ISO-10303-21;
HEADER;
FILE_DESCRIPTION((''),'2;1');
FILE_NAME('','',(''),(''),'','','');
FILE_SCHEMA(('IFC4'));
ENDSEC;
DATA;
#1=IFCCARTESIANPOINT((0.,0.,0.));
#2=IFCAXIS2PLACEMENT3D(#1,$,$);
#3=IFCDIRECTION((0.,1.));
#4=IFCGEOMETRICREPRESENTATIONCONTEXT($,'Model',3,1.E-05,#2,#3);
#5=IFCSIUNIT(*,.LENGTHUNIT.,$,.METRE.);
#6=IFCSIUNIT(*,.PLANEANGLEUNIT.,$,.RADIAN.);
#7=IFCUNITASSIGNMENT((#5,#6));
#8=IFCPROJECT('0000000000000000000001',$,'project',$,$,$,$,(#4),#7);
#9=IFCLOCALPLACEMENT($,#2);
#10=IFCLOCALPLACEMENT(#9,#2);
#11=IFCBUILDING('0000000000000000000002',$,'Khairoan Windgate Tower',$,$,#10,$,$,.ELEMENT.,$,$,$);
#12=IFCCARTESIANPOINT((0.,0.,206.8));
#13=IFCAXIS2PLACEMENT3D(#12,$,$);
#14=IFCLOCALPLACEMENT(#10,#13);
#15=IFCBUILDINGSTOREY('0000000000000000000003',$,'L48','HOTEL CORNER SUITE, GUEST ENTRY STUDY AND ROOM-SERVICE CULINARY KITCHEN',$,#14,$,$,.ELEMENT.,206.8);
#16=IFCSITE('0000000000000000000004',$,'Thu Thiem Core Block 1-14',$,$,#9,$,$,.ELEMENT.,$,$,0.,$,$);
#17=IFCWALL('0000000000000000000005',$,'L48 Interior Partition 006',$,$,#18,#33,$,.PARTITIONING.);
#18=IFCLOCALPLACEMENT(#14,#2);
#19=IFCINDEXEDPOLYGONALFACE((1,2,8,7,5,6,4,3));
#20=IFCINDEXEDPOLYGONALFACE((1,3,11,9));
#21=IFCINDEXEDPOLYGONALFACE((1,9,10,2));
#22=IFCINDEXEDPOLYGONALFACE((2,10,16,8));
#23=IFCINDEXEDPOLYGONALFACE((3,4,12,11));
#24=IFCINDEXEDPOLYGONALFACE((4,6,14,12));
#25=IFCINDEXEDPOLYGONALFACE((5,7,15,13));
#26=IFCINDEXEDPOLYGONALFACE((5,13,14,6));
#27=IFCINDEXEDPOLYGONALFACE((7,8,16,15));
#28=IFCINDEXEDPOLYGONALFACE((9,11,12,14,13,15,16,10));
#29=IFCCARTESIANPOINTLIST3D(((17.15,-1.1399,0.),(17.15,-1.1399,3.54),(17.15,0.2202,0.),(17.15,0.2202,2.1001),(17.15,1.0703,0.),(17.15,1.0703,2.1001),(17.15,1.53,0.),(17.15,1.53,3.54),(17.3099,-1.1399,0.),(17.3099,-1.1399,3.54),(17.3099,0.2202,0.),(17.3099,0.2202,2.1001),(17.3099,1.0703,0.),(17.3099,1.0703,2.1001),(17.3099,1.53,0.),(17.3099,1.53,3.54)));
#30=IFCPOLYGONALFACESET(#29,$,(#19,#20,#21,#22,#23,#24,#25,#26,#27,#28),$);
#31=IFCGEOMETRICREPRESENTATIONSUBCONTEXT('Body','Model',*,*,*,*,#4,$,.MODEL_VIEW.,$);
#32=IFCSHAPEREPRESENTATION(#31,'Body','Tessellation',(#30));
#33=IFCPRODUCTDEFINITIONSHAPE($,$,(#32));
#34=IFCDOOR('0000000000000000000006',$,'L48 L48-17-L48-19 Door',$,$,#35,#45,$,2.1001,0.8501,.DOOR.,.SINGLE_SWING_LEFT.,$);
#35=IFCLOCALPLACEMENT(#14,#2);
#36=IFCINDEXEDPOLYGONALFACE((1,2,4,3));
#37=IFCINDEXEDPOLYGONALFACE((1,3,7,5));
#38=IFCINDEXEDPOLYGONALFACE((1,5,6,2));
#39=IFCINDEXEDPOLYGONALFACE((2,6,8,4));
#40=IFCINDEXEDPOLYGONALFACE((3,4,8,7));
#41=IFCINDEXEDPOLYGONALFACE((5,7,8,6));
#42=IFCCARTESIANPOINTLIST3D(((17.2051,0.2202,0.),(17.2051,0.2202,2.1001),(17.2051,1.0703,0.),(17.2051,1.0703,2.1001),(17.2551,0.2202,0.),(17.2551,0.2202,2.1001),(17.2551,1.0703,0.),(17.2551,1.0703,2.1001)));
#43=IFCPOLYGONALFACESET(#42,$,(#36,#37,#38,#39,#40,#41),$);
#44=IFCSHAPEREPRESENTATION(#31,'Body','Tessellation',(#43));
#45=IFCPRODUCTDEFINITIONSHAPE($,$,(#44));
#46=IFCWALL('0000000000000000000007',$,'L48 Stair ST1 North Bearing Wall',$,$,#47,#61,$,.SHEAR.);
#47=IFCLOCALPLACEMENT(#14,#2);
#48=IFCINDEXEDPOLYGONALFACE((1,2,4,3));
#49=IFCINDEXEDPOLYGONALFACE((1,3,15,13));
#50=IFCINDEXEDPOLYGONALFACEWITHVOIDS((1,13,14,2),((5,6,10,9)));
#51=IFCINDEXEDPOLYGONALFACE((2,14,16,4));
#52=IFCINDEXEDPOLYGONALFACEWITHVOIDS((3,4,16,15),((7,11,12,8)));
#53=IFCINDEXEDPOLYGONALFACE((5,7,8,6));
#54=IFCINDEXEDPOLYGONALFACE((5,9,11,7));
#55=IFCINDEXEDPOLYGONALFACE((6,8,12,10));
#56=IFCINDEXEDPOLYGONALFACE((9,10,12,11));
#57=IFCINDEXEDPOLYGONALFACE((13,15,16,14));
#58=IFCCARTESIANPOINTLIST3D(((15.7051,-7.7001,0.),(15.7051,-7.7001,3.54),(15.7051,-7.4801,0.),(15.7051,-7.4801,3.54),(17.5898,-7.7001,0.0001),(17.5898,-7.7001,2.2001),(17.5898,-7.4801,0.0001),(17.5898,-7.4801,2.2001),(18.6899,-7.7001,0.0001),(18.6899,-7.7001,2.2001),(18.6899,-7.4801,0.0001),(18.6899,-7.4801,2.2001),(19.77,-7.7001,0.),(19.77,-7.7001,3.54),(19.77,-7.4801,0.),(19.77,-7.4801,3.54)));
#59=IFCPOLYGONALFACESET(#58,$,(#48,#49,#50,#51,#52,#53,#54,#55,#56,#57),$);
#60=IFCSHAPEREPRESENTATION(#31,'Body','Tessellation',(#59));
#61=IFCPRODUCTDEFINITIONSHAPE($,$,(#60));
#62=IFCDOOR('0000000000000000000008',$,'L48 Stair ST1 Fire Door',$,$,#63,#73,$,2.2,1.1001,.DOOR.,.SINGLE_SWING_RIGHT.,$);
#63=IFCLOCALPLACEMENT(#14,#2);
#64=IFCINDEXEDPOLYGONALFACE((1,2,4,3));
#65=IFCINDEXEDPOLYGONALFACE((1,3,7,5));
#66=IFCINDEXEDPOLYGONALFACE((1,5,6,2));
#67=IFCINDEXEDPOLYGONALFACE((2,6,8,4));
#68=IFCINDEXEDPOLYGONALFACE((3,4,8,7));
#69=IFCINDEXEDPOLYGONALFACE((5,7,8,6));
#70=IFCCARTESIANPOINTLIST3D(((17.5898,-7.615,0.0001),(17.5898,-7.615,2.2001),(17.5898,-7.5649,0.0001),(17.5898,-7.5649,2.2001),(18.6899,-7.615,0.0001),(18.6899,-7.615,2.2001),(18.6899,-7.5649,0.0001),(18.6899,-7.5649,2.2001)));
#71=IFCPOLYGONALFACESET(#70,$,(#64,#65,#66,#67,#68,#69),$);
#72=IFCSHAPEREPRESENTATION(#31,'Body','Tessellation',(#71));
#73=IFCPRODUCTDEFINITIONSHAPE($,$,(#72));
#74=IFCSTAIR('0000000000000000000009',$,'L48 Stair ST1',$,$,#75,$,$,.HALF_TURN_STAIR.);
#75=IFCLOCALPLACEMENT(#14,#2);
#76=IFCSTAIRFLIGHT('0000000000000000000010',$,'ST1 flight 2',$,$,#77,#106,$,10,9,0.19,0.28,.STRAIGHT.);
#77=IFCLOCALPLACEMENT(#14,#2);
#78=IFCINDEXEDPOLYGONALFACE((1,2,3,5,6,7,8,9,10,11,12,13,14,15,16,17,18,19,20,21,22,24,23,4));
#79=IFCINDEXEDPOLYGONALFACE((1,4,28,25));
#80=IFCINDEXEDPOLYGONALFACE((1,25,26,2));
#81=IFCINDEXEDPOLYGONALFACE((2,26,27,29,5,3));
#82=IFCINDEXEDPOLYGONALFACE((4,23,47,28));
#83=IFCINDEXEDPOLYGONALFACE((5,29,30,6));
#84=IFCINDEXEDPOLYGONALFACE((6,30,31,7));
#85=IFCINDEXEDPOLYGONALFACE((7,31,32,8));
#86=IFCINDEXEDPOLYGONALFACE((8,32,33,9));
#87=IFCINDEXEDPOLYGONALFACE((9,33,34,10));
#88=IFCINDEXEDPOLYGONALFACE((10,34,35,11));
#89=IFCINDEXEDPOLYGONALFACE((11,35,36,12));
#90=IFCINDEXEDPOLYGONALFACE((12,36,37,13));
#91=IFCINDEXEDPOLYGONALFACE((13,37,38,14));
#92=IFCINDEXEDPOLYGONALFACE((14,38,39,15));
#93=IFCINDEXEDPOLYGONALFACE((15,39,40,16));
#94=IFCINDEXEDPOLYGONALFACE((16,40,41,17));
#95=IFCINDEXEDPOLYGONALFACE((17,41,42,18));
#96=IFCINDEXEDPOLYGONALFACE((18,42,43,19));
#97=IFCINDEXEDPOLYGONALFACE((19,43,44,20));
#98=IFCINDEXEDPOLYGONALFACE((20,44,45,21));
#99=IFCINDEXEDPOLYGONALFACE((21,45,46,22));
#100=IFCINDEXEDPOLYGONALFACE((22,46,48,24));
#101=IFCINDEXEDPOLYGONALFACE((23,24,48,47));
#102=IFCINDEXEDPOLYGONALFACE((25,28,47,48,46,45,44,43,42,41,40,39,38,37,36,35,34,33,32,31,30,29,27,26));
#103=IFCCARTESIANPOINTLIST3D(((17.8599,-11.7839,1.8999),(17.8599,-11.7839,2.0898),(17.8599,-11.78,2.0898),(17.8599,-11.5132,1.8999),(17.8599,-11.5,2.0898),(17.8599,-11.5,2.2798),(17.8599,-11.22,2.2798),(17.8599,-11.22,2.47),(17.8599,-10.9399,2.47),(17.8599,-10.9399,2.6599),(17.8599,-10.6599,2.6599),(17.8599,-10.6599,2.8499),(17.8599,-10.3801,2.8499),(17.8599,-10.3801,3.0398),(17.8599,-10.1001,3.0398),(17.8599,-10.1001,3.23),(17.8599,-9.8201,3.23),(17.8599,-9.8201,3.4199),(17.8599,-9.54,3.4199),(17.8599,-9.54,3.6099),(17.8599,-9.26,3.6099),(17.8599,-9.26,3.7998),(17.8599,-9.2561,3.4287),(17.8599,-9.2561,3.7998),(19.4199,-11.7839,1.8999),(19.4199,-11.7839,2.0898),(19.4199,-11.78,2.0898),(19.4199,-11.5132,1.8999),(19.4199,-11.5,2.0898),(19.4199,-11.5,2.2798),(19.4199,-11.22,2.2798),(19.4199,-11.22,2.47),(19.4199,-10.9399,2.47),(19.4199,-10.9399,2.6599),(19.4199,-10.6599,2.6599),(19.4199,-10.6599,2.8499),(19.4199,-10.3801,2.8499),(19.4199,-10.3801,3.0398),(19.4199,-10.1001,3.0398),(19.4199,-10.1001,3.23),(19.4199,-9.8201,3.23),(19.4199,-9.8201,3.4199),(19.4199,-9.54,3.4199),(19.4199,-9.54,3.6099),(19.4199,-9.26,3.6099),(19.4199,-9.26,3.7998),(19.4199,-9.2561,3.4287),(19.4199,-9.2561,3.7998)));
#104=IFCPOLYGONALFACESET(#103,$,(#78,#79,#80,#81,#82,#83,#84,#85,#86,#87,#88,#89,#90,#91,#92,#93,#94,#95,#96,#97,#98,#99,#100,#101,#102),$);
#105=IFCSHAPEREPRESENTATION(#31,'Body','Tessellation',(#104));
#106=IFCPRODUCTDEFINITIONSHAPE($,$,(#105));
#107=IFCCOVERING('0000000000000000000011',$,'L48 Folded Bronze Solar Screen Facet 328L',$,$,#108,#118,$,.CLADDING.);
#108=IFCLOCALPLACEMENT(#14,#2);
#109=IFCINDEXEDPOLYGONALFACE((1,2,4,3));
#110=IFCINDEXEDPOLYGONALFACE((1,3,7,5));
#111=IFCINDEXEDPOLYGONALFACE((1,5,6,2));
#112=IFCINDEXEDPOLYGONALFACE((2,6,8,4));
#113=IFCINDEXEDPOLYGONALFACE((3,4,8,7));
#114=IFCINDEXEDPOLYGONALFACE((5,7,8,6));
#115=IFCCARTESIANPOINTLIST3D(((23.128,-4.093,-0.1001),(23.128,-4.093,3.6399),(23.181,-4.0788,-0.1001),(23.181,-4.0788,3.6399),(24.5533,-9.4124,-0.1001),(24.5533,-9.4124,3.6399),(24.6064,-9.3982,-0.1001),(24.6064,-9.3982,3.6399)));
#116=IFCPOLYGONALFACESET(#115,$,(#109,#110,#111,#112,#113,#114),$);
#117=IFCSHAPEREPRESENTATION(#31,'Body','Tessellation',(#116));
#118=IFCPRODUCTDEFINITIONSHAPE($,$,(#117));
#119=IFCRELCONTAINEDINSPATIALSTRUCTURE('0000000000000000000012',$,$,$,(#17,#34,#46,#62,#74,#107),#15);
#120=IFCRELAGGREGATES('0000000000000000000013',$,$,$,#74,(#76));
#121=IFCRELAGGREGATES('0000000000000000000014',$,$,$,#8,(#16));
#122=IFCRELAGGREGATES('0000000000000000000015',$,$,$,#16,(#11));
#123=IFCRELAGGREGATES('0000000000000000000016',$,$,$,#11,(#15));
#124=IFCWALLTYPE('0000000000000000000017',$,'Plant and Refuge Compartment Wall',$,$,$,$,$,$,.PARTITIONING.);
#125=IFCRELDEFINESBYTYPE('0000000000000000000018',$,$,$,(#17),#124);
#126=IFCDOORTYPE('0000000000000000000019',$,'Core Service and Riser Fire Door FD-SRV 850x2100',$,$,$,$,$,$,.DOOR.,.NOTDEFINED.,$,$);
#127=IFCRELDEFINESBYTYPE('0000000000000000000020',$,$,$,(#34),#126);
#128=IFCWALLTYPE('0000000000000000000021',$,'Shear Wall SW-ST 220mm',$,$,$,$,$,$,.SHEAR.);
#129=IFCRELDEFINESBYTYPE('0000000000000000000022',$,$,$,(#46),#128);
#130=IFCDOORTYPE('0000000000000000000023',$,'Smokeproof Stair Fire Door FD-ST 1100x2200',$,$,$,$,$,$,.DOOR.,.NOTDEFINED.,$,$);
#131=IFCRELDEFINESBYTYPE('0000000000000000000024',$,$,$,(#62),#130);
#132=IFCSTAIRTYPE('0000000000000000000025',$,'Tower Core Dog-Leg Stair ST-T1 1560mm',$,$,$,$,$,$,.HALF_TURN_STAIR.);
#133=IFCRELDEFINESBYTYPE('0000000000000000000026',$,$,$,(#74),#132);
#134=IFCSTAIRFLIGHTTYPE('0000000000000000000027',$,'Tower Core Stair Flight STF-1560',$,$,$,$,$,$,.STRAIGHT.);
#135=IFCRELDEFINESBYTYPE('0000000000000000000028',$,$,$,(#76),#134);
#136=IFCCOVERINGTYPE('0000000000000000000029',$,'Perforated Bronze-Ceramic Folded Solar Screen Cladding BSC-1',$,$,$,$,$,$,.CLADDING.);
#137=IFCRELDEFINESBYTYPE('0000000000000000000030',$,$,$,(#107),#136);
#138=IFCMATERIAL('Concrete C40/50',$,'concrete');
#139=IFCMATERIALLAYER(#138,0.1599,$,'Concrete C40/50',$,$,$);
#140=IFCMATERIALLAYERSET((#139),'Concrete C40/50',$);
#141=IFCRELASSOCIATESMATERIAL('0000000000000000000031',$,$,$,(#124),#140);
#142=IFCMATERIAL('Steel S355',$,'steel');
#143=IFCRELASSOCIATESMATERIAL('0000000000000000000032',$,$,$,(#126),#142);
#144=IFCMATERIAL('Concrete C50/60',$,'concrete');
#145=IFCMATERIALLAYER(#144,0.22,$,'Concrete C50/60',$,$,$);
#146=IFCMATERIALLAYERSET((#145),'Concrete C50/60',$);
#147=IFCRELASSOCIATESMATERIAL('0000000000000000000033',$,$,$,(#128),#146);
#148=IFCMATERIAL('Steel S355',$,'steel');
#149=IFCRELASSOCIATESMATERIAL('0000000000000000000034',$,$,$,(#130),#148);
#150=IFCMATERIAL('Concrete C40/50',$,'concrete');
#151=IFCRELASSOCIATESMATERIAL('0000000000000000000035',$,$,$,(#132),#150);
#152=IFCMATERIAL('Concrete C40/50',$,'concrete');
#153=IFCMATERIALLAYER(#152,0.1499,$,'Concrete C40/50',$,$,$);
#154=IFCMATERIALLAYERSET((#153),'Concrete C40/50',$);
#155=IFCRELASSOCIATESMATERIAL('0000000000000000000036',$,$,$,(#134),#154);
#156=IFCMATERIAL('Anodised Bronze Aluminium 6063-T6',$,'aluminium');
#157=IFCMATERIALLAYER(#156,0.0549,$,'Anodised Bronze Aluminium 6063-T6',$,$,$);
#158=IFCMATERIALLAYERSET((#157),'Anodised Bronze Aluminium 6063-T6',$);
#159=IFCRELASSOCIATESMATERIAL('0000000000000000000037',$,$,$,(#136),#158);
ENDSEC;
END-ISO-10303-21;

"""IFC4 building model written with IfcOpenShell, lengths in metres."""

from ifc_helpers import new_model, si_unit, direction, frame, frame_2d, origin, origin_2d, place, context, subcontext, project, spatial, polyline, rectangle, outline, extrude, material, layer, layer_set, type_object, element, fill, aggregate, save


model = new_model("IFC4")

# Units and contexts
model_context = context("Model", 3, precision=1e-05, world=origin(), true_north=direction((0.0, 1.0)))
body_context = subcontext(model_context, "Body", "Model", "MODEL_VIEW")
ifc_project = project(units=[si_unit("LENGTHUNIT", "METRE"), si_unit("PLANEANGLEUNIT", "RADIAN")], contexts=[model_context])

# Site, building, storey
site_placement = place(None, origin())
site = spatial("IfcSite", under=ifc_project, at=site_placement, Name="Thu Thiem Core Block 1-14", CompositionType="ELEMENT", RefElevation=0.0)
building_placement = place(site_placement, origin())
building = spatial("IfcBuilding", under=site, at=building_placement, Name="Khairoan Windgate Tower", CompositionType="ELEMENT")
storey_placement = place(building_placement, frame((0.0, 0.0, 206.8)))
storey = spatial("IfcBuildingStorey", under=building, at=storey_placement, Name="L48", Description="HOTEL CORNER SUITE, GUEST ENTRY STUDY AND ROOM-SERVICE CULINARY KITCHEN", CompositionType="ELEMENT", Elevation=206.8)

# Walls, openings, doors
ifc_material_1 = material(Name="Concrete C40/50", Category="concrete")
ifc_layer_1 = layer(ifc_material_1, 0.1599, Name="Concrete C40/50")
ifc_layer_set_1 = layer_set([ifc_layer_1], Name="Concrete C40/50")
wall_type_1 = type_object("IfcWallType", Name="Plant and Refuge Compartment Wall", PredefinedType="PARTITIONING", material=ifc_layer_set_1)
wall_1_placement = place(storey_placement, frame((17.23, -1.1399, 0.0), z_axis=(0.0, 0.0, 1.0), x_axis=(0.0, 1.0, 0.0)))
wall_1 = element("IfcWall", 1, at=wall_1_placement, inside=storey, type_object=wall_type_1, Name="L48 Interior Partition 006", PredefinedType="PARTITIONING", context=body_context, shape_type="SweptSolid", body=[
    extrude(rectangle(XDim=2.6699, YDim=0.1599, at=frame_2d((1.335, 0.0))), origin(), (0.0, 0.0, 1.0), 3.54),
])
opening_1_placement = place(wall_1_placement, frame((1.3601, 0.0, 0.0)))
opening_1 = element("IfcOpeningElement", 2, at=opening_1_placement, cuts=wall_1, PredefinedType="OPENING", context=body_context, shape_type="SweptSolid", body=[
    extrude(rectangle(XDim=0.8501, YDim=2.1001, at=frame_2d((0.425, 1.05))), frame((0.0, 0.0898, 0.0), z_axis=(0.0, -1.0, 0.0), x_axis=(1.0, 0.0, 0.0)), (0.0, 0.0, 1.0), 0.1799),
])
ifc_material_2 = material(Name="Steel S355", Category="steel")
door_type_1 = type_object("IfcDoorType", Name="Core Service and Riser Fire Door FD-SRV 850x2100", OperationType="NOTDEFINED", PredefinedType="DOOR", material=ifc_material_2)
door_1_placement = place(opening_1_placement, origin())
door_1 = element("IfcDoor", 3, at=door_1_placement, inside=storey, type_object=door_type_1, Name="L48 L48-17-L48-19 Door", OperationType="SINGLE_SWING_LEFT", OverallHeight=2.1001, OverallWidth=0.8501, PredefinedType="DOOR", context=body_context, shape_type="SweptSolid", body=[
    extrude(rectangle(XDim=0.8501, YDim=2.1001, at=frame_2d((0.425, 1.05))), frame((0.0, 0.0249, 0.0), z_axis=(0.0, -1.0, 0.0), x_axis=(1.0, 0.0, 0.0)), (0.0, 0.0, 1.0), 0.05),
])
fill(opening_1, door_1)
ifc_material_3 = material(Name="Concrete C50/60", Category="concrete")
ifc_layer_2 = layer(ifc_material_3, 0.22, Name="Concrete C50/60")
ifc_layer_set_2 = layer_set([ifc_layer_2], Name="Concrete C50/60")
wall_type_2 = type_object("IfcWallType", Name="Shear Wall SW-ST 220mm", PredefinedType="SHEAR", material=ifc_layer_set_2)
wall_2_placement = place(storey_placement, frame((19.77, -7.5901, 0.0), z_axis=(0.0, 0.0, 1.0), x_axis=(-1.0, 0.0, 0.0)))
wall_2 = element("IfcWall", 4, at=wall_2_placement, inside=storey, type_object=wall_type_2, Name="L48 Stair ST1 North Bearing Wall", PredefinedType="SHEAR", context=body_context, shape_type="SweptSolid", body=[
    extrude(rectangle(XDim=4.0649, YDim=0.22, at=frame_2d((2.0325, 0.0))), origin(), (0.0, 0.0, 1.0), 3.54),
])
opening_2_placement = place(wall_2_placement, frame((1.0801, 0.0, 0.0)))
opening_2 = element("IfcOpeningElement", 5, at=opening_2_placement, cuts=wall_2, PredefinedType="OPENING", context=body_context, shape_type="SweptSolid", body=[
    extrude(rectangle(XDim=1.1001, YDim=2.2, at=frame_2d((0.55, 1.1001))), frame((0.0, 0.1199, 0.0), z_axis=(0.0, -1.0, 0.0), x_axis=(1.0, 0.0, 0.0)), (0.0, 0.0, 1.0), 0.24),
])
ifc_material_4 = material(Name="Steel S355", Category="steel")
door_type_2 = type_object("IfcDoorType", Name="Smokeproof Stair Fire Door FD-ST 1100x2200", OperationType="NOTDEFINED", PredefinedType="DOOR", material=ifc_material_4)
door_2_placement = place(opening_2_placement, origin())
door_2 = element("IfcDoor", 6, at=door_2_placement, inside=storey, type_object=door_type_2, Name="L48 Stair ST1 Fire Door", OperationType="SINGLE_SWING_RIGHT", OverallHeight=2.2, OverallWidth=1.1001, PredefinedType="DOOR", context=body_context, shape_type="SweptSolid", body=[
    extrude(rectangle(XDim=1.1001, YDim=2.2, at=frame_2d((0.55, 1.1001))), frame((0.0, 0.0249, 0.0), z_axis=(0.0, -1.0, 0.0), x_axis=(1.0, 0.0, 0.0)), (0.0, 0.0, 1.0), 0.05),
])
fill(opening_2, door_2)

# Stair, stair flight
ifc_material_5 = material(Name="Concrete C40/50", Category="concrete")
stair_type = type_object("IfcStairType", Name="Tower Core Dog-Leg Stair ST-T1 1560mm", PredefinedType="HALF_TURN_STAIR", material=ifc_material_5)
stair_placement = place(storey_placement, origin())
stair = element("IfcStair", 7, at=stair_placement, inside=storey, type_object=stair_type, Name="L48 Stair ST1", PredefinedType="HALF_TURN_STAIR")
ifc_material_6 = material(Name="Concrete C40/50", Category="concrete")
ifc_layer_3 = layer(ifc_material_6, 0.1499, Name="Concrete C40/50")
ifc_layer_set_3 = layer_set([ifc_layer_3], Name="Concrete C40/50")
stair_flight_type = type_object("IfcStairFlightType", Name="Tower Core Stair Flight STF-1560", PredefinedType="STRAIGHT", material=ifc_layer_set_3)
stair_flight_placement = place(storey_placement, frame((18.6399, -11.78, 1.8999), z_axis=(0.0, 0.0, 1.0), x_axis=(0.0, 1.0, 0.0)))
stair_flight = element("IfcStairFlight", 8, at=stair_flight_placement, type_object=stair_flight_type, Name="ST1 flight 2", NumberOfRisers=10, NumberOfTreads=9, PredefinedType="STRAIGHT", RiserHeight=0.19, TreadLength=0.28, context=body_context, shape_type="SweptSolid", body=[
    extrude(outline(polyline([(-0.0039, 0.0), (-0.0039, 0.1899), (0.0, 0.1899), (0.28, 0.1899), (0.28, 0.3799), (0.5601, 0.3799), (0.5601, 0.5701), (0.8401, 0.5701), (0.8401, 0.76), (1.1201, 0.76), (1.1201, 0.95), (1.3999, 0.95), (1.3999, 1.1399), (1.6799, 1.1399), (1.6799, 1.3301), (1.96, 1.3301), (1.96, 1.52), (2.24, 1.52), (2.24, 1.71), (2.52, 1.71), (2.52, 1.8999), (2.5239, 1.8999), (2.5239, 1.5288), (0.2668, 0.0), (-0.0039, 0.0)])), frame((0.0, 0.78, 0.0), z_axis=(0.0, -1.0, 0.0), x_axis=(1.0, 0.0, 0.0)), (0.0, 0.0, 1.0), 1.5601),
])
aggregate(stair, [stair_flight])

# Covering
ifc_material_7 = material(Name="Anodised Bronze Aluminium 6063-T6", Category="aluminium")
ifc_layer_4 = layer(ifc_material_7, 0.0549, Name="Anodised Bronze Aluminium 6063-T6")
ifc_layer_set_4 = layer_set([ifc_layer_4], Name="Anodised Bronze Aluminium 6063-T6")
covering_type = type_object("IfcCoveringType", Name="Perforated Bronze-Ceramic Folded Solar Screen Cladding BSC-1", PredefinedType="CLADDING", material=ifc_layer_set_4)
covering_placement = place(storey_placement, frame((23.8672, -6.7456, -0.1001), z_axis=(0.0, 0.0, 1.0), x_axis=(0.258819, -0.965926, 0.0)))
element("IfcCovering", 9, at=covering_placement, inside=storey, type_object=covering_type, Name="L48 Folded Bronze Solar Screen Facet 328L", PredefinedType="CLADDING", context=body_context, shape_type="SweptSolid", body=[
    extrude(rectangle(XDim=5.5071, YDim=0.0549, at=origin_2d()), origin(), (0.0, 0.0, 1.0), 3.74),
])

save(model, "model.ifc")
